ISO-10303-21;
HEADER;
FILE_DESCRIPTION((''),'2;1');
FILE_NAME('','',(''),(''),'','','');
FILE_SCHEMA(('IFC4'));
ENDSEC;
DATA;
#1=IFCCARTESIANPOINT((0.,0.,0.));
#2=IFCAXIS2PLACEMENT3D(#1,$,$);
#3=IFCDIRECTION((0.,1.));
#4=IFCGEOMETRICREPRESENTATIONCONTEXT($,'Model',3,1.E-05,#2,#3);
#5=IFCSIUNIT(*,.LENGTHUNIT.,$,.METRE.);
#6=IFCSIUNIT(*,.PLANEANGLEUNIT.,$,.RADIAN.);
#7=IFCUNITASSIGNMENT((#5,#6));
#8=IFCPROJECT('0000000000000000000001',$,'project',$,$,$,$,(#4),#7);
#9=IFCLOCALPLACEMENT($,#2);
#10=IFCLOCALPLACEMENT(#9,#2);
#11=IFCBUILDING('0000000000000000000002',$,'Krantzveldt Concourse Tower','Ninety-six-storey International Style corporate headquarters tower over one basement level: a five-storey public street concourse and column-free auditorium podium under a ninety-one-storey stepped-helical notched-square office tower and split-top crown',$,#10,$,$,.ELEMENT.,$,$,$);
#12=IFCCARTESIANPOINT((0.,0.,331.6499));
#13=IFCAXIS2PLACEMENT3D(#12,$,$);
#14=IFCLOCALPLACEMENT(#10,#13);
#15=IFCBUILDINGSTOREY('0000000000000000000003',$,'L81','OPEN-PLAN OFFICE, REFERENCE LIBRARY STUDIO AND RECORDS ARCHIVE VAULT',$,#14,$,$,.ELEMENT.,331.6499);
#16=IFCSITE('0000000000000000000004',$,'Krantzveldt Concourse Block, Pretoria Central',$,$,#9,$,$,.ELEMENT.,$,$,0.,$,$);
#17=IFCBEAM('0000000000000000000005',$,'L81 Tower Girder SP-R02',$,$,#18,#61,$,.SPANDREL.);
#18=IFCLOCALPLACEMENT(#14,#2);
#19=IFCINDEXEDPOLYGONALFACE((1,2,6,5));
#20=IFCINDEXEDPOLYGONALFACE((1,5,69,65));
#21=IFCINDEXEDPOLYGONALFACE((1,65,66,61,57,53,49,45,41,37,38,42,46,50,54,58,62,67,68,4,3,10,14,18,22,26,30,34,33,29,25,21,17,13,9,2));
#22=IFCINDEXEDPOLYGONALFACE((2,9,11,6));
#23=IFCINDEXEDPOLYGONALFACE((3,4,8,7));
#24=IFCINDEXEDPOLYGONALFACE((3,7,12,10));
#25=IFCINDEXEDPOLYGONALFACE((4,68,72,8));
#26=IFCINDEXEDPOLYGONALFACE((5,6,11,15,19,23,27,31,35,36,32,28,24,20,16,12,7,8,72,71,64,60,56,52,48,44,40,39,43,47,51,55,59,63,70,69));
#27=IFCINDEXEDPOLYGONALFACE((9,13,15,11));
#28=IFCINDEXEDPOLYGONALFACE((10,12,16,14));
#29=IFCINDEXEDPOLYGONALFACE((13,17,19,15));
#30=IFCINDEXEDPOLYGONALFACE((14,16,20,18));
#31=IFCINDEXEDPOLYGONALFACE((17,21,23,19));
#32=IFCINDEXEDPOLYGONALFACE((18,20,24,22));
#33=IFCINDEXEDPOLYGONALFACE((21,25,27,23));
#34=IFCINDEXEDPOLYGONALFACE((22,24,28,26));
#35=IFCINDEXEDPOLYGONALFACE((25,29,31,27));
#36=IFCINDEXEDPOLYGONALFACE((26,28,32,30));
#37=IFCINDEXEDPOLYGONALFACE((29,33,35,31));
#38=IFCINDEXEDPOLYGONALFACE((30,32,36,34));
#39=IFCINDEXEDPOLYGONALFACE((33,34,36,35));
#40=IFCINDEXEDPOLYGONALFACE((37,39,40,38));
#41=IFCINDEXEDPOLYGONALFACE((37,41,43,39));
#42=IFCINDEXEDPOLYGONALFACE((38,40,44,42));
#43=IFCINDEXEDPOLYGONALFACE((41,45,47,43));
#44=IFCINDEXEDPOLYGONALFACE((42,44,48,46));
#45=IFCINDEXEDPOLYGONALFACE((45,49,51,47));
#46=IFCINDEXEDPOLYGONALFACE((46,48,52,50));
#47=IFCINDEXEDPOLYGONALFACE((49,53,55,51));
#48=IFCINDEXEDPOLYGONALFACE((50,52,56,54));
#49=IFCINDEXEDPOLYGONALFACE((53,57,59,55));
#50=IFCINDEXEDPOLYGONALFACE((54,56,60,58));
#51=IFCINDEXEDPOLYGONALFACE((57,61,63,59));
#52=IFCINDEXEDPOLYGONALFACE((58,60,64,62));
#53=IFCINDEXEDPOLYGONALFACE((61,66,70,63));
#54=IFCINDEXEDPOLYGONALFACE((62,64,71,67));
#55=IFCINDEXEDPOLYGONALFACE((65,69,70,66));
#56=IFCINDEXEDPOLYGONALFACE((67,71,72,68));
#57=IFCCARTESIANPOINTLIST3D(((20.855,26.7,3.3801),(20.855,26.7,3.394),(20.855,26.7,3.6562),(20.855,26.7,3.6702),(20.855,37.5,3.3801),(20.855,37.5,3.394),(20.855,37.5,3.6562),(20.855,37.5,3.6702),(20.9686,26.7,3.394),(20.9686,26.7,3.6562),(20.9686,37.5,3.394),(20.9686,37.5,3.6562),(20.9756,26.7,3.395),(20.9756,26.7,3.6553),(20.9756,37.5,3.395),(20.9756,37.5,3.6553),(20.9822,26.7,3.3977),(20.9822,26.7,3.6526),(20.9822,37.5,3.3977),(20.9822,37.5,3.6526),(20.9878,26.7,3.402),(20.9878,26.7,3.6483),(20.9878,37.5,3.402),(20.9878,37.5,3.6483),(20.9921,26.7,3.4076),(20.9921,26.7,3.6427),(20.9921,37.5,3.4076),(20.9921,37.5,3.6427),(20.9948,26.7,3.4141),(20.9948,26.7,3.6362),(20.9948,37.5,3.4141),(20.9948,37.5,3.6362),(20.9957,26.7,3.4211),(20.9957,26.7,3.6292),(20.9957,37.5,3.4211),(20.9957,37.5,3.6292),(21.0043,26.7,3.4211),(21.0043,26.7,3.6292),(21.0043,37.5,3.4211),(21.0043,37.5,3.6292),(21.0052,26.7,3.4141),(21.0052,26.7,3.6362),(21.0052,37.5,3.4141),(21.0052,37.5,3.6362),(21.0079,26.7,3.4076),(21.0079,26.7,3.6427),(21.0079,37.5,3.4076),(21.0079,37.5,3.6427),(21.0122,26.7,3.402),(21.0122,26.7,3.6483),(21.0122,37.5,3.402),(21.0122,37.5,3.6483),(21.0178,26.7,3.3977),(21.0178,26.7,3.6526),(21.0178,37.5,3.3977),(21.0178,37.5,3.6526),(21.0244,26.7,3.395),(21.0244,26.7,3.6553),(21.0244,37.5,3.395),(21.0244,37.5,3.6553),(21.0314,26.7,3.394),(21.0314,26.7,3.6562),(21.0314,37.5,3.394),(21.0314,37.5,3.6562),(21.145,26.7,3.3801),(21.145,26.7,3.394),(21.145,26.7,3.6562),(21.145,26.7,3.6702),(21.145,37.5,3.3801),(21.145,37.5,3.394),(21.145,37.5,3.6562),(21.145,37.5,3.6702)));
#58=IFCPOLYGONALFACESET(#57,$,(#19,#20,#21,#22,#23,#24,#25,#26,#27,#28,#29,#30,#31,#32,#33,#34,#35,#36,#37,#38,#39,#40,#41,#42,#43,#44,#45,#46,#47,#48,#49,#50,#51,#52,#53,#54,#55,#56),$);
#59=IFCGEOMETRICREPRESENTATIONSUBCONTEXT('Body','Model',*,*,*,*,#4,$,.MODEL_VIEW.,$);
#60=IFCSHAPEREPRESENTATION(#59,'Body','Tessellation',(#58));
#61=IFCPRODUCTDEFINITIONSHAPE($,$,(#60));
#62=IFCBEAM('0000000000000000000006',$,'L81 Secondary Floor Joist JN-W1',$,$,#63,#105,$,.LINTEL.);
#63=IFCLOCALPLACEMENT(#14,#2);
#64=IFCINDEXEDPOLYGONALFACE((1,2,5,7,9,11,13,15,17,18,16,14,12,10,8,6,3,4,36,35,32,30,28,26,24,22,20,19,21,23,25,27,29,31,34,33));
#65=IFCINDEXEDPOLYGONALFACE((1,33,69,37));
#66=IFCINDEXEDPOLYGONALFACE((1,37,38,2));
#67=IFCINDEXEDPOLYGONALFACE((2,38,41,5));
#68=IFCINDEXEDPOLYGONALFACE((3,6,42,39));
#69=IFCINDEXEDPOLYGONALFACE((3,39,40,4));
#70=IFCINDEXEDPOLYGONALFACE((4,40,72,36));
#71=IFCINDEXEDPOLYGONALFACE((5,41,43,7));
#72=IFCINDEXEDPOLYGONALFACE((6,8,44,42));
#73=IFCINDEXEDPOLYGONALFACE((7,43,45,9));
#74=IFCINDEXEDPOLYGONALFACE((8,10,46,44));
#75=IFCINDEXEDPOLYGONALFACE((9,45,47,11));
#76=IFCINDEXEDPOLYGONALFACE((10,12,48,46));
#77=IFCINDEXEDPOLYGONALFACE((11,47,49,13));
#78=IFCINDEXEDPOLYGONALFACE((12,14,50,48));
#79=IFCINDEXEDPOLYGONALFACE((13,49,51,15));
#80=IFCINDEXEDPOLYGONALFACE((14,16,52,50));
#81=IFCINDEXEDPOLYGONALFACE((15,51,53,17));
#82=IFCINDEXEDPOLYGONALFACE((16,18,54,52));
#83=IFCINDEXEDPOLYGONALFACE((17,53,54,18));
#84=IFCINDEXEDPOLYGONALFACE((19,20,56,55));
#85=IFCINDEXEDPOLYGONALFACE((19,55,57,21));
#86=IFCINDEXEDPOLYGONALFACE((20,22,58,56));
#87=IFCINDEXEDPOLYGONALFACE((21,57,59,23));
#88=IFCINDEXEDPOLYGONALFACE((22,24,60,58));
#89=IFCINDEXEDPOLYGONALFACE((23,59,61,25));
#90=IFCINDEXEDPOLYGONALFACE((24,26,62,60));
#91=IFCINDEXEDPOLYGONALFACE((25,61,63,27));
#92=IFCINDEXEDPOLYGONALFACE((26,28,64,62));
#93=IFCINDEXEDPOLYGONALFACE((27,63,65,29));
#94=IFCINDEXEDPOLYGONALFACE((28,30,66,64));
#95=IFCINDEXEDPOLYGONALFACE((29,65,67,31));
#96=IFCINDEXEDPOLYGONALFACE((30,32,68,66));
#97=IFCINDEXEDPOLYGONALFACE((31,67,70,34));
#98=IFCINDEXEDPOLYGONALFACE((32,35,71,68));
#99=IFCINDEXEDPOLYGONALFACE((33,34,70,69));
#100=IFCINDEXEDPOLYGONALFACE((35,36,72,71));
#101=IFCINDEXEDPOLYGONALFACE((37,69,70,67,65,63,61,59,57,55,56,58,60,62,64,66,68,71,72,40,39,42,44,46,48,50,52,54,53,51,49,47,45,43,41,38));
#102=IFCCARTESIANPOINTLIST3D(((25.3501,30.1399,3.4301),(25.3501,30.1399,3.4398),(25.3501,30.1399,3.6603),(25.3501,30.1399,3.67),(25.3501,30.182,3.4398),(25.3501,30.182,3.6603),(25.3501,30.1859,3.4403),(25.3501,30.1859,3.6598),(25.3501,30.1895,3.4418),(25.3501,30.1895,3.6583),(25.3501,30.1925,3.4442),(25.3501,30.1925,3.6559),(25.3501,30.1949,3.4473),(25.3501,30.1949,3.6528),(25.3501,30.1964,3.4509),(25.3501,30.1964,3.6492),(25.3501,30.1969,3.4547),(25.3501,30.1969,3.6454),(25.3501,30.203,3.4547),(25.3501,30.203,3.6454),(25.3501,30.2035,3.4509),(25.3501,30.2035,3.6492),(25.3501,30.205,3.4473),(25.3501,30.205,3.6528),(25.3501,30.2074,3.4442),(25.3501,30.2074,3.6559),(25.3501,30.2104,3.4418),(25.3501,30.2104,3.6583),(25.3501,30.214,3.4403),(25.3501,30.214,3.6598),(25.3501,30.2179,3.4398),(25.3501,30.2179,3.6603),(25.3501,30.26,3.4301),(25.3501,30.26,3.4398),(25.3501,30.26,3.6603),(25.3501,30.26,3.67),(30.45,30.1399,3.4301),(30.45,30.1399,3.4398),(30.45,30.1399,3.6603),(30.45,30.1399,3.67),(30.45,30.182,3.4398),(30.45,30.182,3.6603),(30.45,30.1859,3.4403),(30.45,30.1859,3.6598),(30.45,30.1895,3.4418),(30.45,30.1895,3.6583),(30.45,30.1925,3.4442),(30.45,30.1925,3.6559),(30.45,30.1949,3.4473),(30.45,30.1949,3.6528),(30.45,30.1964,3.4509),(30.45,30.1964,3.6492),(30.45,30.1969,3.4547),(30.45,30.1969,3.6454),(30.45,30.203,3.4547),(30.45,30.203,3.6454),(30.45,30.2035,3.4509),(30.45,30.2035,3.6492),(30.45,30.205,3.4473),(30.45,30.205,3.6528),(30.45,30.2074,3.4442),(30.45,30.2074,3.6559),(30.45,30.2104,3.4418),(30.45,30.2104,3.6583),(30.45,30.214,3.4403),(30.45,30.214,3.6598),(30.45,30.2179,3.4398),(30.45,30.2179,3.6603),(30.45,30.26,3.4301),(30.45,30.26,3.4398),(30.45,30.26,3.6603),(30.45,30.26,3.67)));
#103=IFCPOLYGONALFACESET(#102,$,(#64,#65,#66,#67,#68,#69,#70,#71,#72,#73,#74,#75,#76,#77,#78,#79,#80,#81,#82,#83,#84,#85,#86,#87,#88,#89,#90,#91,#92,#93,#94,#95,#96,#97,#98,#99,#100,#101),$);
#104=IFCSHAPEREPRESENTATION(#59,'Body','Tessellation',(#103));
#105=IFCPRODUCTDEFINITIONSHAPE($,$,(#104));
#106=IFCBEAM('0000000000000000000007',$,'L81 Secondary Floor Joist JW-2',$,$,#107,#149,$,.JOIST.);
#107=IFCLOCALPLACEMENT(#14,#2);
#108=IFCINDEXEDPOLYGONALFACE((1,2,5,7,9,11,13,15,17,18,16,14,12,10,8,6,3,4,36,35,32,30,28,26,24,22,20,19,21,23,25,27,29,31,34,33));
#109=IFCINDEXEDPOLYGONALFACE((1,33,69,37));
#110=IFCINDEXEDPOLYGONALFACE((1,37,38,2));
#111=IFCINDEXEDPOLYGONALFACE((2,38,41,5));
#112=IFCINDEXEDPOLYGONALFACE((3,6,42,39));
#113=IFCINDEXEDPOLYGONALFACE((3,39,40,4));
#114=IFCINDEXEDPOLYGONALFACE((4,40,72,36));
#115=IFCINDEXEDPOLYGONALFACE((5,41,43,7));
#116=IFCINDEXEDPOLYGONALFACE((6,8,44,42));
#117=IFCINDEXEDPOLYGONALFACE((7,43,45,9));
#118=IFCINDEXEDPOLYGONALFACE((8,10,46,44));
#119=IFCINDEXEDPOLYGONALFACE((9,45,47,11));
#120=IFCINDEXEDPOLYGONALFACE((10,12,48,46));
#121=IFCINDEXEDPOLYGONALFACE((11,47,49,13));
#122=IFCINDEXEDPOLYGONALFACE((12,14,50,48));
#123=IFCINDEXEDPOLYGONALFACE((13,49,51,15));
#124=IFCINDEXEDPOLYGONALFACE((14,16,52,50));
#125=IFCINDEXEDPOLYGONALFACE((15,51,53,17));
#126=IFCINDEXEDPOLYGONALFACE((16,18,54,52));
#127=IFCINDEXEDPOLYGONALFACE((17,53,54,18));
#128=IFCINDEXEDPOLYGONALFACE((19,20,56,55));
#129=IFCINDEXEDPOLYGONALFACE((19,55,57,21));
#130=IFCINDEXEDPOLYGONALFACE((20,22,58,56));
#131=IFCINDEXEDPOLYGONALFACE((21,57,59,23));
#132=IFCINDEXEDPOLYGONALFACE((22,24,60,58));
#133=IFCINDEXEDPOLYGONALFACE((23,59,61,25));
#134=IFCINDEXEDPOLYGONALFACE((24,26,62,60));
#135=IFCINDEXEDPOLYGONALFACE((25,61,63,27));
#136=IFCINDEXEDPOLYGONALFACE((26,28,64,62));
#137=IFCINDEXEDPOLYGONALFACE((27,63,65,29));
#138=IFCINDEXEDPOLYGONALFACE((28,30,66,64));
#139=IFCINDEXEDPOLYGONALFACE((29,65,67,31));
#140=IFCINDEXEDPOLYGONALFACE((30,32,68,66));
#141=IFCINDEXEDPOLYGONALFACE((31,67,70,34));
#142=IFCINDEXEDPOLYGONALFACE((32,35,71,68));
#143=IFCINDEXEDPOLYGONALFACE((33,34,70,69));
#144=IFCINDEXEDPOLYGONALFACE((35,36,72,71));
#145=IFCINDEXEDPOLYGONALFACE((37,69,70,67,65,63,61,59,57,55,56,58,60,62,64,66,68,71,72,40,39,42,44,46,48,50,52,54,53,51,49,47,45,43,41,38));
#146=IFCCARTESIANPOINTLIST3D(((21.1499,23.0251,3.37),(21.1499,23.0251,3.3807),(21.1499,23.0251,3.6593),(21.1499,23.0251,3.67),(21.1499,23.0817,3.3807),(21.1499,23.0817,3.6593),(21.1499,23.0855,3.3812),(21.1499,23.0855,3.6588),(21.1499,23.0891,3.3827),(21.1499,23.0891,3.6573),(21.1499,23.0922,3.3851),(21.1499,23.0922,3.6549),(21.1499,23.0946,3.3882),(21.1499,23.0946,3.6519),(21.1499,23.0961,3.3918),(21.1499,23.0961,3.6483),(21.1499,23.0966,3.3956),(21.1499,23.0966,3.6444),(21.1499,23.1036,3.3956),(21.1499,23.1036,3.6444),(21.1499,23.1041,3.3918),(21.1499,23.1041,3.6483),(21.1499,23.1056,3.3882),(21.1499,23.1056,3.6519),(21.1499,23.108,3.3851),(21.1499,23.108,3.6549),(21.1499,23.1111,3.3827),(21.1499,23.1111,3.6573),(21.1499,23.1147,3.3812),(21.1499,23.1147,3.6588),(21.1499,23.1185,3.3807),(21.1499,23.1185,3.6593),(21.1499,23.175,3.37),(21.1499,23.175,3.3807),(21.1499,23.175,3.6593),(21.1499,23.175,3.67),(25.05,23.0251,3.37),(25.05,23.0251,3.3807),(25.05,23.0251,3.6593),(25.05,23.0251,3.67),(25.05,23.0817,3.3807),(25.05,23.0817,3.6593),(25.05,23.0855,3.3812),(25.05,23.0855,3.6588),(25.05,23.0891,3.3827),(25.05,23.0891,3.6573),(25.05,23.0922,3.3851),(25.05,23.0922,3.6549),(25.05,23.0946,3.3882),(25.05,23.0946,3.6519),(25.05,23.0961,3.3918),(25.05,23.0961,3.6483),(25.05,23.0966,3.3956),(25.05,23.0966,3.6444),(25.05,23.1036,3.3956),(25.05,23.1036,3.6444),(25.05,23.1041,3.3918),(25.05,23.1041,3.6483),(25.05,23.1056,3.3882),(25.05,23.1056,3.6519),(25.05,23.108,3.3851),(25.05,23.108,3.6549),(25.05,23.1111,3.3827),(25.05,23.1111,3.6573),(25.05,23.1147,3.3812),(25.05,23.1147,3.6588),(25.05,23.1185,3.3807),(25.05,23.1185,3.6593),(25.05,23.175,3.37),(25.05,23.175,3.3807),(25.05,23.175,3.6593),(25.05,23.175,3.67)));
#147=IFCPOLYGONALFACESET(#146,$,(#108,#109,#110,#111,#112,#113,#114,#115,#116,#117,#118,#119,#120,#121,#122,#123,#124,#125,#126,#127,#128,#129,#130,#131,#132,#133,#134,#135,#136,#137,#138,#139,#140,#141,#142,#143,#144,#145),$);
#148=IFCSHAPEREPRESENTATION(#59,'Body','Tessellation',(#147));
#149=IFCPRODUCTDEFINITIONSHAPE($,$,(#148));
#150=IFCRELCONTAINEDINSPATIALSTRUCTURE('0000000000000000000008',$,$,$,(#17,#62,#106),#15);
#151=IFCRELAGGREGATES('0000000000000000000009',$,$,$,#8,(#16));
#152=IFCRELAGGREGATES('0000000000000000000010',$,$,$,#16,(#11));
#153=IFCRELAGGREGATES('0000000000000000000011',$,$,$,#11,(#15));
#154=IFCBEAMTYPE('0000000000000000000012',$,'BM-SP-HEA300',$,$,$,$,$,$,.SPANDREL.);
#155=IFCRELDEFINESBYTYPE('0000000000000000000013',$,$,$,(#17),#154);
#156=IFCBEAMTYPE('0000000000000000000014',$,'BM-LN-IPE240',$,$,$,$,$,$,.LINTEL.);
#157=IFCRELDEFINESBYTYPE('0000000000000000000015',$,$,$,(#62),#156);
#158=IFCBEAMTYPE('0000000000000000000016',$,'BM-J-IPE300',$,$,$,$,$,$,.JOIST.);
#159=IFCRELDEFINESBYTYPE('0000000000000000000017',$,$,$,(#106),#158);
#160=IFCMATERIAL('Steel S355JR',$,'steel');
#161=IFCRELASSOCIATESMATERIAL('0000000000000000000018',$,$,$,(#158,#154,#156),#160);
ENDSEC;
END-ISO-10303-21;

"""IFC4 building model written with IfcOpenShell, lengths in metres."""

from ifc_helpers import new_model, si_unit, direction, frame, origin, origin_2d, place, context, subcontext, project, spatial, i_section, extrude, source, transform, mapped, material, material_profile, profile_set, type_object, type_shapes, element, save


model = new_model("IFC4")

# Units and contexts
model_context = context("Model", 3, precision=1e-05, world=origin(), true_north=direction((0.0, 1.0)))
body_context = subcontext(model_context, "Body", "Model", "MODEL_VIEW")
ifc_project = project(units=[si_unit("LENGTHUNIT", "METRE"), si_unit("PLANEANGLEUNIT", "RADIAN")], contexts=[model_context])

# Site, building, storey
site_placement = place(None, origin())
site = spatial("IfcSite", under=ifc_project, at=site_placement, Name="Krantzveldt Concourse Block, Pretoria Central", CompositionType="ELEMENT", RefElevation=0.0)
building_placement = place(site_placement, origin())
building = spatial("IfcBuilding", under=site, at=building_placement, Name="Krantzveldt Concourse Tower", Description="Ninety-six-storey International Style corporate headquarters tower over one basement level: a five-storey public street concourse and column-free auditorium podium under a ninety-one-storey stepped-helical notched-square office tower and split-top crown", CompositionType="ELEMENT")
storey_placement = place(building_placement, frame((0.0, 0.0, 331.6499)))
storey = spatial("IfcBuildingStorey", under=building, at=storey_placement, Name="L81", Description="OPEN-PLAN OFFICE, REFERENCE LIBRARY STUDIO AND RECORDS ARCHIVE VAULT", CompositionType="ELEMENT", Elevation=331.6499)

# Beams
ifc_material_1 = material(Name="Steel S355JR", Category="steel")
ifc_material_profile_1 = material_profile(ifc_material_1, i_section(OverallWidth=0.1499, OverallDepth=0.3, WebThickness=0.0071, FlangeThickness=0.0107, FilletRadius=0.0149, at=origin_2d()), Name="Steel S355JR", Category="steel")
ifc_profile_set_1 = profile_set([ifc_material_profile_1], Name="Steel S355JR - IPE 300")
beam_type_1 = type_object("IfcBeamType", Name="BM-J-IPE300", PredefinedType="JOIST", material=ifc_profile_set_1)
ifc_material_profile_2 = material_profile(ifc_material_1, i_section(OverallWidth=0.29, OverallDepth=0.29, WebThickness=0.0085, FlangeThickness=0.0139, FilletRadius=0.0271, at=origin_2d()), Name="Steel S355JR", Category="steel")
ifc_profile_set_2 = profile_set([ifc_material_profile_2], Name="Steel S355JR - HEA 300")
beam_type_2 = type_object("IfcBeamType", Name="BM-SP-HEA300", PredefinedType="SPANDREL", material=ifc_profile_set_2)
shared_shape_1 = source(origin(), body_context, "Body", "SweptSolid", [
    extrude(i_section(OverallWidth=0.29, OverallDepth=0.29, WebThickness=0.0085, FlangeThickness=0.0139, FilletRadius=0.0271, at=origin_2d()), origin(), (0.0, 0.0, 1.0), 10.8),
])
type_shapes(beam_type_2, [shared_shape_1])
beam_1_placement = place(storey_placement, frame((21.0, 26.7, 3.5251), z_axis=(0.0, 1.0, 0.0), x_axis=(-1.0, 0.0, 0.0)))
element("IfcBeam", 1, at=beam_1_placement, inside=storey, type_object=beam_type_2, Name="L81 Tower Girder SP-R02", PredefinedType="SPANDREL", context=body_context, shape_type="MappedRepresentation", body=[
    mapped(shared_shape_1, transform((0.0, 0.0, 0.0), x_axis=(1.0, 0.0, 0.0), y_axis=(0.0, 1.0, 0.0), z_axis=(0.0, 0.0, 1.0), scale=1.0)),
])
ifc_material_profile_3 = material_profile(ifc_material_1, i_section(OverallWidth=0.1201, OverallDepth=0.24, WebThickness=0.0061, FlangeThickness=0.0098, FilletRadius=0.0149, at=origin_2d()), Name="Steel S355JR", Category="steel")
ifc_profile_set_3 = profile_set([ifc_material_profile_3], Name="Steel S355JR - IPE 240")
beam_type_3 = type_object("IfcBeamType", Name="BM-LN-IPE240", PredefinedType="LINTEL", material=ifc_profile_set_3)
shared_shape_2 = source(origin(), body_context, "Body", "SweptSolid", [
    extrude(i_section(OverallWidth=0.1201, OverallDepth=0.24, WebThickness=0.0061, FlangeThickness=0.0098, FilletRadius=0.0149, at=origin_2d()), origin(), (0.0, 0.0, 1.0), 5.0999),
])
type_shapes(beam_type_3, [shared_shape_2])
beam_2_placement = place(storey_placement, frame((25.3501, 30.2, 3.55), z_axis=(1.0, 0.0, 0.0), x_axis=(0.0, 1.0, 0.0)))
element("IfcBeam", 2, at=beam_2_placement, inside=storey, type_object=beam_type_3, Name="L81 Secondary Floor Joist JN-W1", PredefinedType="LINTEL", context=body_context, shape_type="MappedRepresentation", body=[
    mapped(shared_shape_2, transform((0.0, 0.0, 0.0), x_axis=(1.0, 0.0, 0.0), y_axis=(0.0, 1.0, 0.0), z_axis=(0.0, 0.0, 1.0), scale=1.0)),
])
shared_shape_3 = source(origin(), body_context, "Body", "SweptSolid", [
    extrude(i_section(OverallWidth=0.1499, OverallDepth=0.3, WebThickness=0.0071, FlangeThickness=0.0107, FilletRadius=0.0149, at=origin_2d()), origin(), (0.0, 0.0, 1.0), 3.9001),
])
for number, where, z_axis, x_axis, name in (
    (3, (21.1499, 23.1001, 3.52), (1.0, 0.0, 0.0), (0.0, 1.0, 0.0), "L81 Secondary Floor Joist JW-2"),
):
    element("IfcBeam", number, at=place(storey_placement, frame(where, z_axis=z_axis, x_axis=x_axis)), inside=storey, type_object=beam_type_1, Name=name, PredefinedType="JOIST", context=body_context, shape_type="MappedRepresentation", body=[
        mapped(shared_shape_3, transform((0.0, 0.0, 0.0), x_axis=(1.0, 0.0, 0.0), y_axis=(0.0, 1.0, 0.0), z_axis=(0.0, 0.0, 1.0), scale=1.0)),
    ])

save(model, "model.ifc")
